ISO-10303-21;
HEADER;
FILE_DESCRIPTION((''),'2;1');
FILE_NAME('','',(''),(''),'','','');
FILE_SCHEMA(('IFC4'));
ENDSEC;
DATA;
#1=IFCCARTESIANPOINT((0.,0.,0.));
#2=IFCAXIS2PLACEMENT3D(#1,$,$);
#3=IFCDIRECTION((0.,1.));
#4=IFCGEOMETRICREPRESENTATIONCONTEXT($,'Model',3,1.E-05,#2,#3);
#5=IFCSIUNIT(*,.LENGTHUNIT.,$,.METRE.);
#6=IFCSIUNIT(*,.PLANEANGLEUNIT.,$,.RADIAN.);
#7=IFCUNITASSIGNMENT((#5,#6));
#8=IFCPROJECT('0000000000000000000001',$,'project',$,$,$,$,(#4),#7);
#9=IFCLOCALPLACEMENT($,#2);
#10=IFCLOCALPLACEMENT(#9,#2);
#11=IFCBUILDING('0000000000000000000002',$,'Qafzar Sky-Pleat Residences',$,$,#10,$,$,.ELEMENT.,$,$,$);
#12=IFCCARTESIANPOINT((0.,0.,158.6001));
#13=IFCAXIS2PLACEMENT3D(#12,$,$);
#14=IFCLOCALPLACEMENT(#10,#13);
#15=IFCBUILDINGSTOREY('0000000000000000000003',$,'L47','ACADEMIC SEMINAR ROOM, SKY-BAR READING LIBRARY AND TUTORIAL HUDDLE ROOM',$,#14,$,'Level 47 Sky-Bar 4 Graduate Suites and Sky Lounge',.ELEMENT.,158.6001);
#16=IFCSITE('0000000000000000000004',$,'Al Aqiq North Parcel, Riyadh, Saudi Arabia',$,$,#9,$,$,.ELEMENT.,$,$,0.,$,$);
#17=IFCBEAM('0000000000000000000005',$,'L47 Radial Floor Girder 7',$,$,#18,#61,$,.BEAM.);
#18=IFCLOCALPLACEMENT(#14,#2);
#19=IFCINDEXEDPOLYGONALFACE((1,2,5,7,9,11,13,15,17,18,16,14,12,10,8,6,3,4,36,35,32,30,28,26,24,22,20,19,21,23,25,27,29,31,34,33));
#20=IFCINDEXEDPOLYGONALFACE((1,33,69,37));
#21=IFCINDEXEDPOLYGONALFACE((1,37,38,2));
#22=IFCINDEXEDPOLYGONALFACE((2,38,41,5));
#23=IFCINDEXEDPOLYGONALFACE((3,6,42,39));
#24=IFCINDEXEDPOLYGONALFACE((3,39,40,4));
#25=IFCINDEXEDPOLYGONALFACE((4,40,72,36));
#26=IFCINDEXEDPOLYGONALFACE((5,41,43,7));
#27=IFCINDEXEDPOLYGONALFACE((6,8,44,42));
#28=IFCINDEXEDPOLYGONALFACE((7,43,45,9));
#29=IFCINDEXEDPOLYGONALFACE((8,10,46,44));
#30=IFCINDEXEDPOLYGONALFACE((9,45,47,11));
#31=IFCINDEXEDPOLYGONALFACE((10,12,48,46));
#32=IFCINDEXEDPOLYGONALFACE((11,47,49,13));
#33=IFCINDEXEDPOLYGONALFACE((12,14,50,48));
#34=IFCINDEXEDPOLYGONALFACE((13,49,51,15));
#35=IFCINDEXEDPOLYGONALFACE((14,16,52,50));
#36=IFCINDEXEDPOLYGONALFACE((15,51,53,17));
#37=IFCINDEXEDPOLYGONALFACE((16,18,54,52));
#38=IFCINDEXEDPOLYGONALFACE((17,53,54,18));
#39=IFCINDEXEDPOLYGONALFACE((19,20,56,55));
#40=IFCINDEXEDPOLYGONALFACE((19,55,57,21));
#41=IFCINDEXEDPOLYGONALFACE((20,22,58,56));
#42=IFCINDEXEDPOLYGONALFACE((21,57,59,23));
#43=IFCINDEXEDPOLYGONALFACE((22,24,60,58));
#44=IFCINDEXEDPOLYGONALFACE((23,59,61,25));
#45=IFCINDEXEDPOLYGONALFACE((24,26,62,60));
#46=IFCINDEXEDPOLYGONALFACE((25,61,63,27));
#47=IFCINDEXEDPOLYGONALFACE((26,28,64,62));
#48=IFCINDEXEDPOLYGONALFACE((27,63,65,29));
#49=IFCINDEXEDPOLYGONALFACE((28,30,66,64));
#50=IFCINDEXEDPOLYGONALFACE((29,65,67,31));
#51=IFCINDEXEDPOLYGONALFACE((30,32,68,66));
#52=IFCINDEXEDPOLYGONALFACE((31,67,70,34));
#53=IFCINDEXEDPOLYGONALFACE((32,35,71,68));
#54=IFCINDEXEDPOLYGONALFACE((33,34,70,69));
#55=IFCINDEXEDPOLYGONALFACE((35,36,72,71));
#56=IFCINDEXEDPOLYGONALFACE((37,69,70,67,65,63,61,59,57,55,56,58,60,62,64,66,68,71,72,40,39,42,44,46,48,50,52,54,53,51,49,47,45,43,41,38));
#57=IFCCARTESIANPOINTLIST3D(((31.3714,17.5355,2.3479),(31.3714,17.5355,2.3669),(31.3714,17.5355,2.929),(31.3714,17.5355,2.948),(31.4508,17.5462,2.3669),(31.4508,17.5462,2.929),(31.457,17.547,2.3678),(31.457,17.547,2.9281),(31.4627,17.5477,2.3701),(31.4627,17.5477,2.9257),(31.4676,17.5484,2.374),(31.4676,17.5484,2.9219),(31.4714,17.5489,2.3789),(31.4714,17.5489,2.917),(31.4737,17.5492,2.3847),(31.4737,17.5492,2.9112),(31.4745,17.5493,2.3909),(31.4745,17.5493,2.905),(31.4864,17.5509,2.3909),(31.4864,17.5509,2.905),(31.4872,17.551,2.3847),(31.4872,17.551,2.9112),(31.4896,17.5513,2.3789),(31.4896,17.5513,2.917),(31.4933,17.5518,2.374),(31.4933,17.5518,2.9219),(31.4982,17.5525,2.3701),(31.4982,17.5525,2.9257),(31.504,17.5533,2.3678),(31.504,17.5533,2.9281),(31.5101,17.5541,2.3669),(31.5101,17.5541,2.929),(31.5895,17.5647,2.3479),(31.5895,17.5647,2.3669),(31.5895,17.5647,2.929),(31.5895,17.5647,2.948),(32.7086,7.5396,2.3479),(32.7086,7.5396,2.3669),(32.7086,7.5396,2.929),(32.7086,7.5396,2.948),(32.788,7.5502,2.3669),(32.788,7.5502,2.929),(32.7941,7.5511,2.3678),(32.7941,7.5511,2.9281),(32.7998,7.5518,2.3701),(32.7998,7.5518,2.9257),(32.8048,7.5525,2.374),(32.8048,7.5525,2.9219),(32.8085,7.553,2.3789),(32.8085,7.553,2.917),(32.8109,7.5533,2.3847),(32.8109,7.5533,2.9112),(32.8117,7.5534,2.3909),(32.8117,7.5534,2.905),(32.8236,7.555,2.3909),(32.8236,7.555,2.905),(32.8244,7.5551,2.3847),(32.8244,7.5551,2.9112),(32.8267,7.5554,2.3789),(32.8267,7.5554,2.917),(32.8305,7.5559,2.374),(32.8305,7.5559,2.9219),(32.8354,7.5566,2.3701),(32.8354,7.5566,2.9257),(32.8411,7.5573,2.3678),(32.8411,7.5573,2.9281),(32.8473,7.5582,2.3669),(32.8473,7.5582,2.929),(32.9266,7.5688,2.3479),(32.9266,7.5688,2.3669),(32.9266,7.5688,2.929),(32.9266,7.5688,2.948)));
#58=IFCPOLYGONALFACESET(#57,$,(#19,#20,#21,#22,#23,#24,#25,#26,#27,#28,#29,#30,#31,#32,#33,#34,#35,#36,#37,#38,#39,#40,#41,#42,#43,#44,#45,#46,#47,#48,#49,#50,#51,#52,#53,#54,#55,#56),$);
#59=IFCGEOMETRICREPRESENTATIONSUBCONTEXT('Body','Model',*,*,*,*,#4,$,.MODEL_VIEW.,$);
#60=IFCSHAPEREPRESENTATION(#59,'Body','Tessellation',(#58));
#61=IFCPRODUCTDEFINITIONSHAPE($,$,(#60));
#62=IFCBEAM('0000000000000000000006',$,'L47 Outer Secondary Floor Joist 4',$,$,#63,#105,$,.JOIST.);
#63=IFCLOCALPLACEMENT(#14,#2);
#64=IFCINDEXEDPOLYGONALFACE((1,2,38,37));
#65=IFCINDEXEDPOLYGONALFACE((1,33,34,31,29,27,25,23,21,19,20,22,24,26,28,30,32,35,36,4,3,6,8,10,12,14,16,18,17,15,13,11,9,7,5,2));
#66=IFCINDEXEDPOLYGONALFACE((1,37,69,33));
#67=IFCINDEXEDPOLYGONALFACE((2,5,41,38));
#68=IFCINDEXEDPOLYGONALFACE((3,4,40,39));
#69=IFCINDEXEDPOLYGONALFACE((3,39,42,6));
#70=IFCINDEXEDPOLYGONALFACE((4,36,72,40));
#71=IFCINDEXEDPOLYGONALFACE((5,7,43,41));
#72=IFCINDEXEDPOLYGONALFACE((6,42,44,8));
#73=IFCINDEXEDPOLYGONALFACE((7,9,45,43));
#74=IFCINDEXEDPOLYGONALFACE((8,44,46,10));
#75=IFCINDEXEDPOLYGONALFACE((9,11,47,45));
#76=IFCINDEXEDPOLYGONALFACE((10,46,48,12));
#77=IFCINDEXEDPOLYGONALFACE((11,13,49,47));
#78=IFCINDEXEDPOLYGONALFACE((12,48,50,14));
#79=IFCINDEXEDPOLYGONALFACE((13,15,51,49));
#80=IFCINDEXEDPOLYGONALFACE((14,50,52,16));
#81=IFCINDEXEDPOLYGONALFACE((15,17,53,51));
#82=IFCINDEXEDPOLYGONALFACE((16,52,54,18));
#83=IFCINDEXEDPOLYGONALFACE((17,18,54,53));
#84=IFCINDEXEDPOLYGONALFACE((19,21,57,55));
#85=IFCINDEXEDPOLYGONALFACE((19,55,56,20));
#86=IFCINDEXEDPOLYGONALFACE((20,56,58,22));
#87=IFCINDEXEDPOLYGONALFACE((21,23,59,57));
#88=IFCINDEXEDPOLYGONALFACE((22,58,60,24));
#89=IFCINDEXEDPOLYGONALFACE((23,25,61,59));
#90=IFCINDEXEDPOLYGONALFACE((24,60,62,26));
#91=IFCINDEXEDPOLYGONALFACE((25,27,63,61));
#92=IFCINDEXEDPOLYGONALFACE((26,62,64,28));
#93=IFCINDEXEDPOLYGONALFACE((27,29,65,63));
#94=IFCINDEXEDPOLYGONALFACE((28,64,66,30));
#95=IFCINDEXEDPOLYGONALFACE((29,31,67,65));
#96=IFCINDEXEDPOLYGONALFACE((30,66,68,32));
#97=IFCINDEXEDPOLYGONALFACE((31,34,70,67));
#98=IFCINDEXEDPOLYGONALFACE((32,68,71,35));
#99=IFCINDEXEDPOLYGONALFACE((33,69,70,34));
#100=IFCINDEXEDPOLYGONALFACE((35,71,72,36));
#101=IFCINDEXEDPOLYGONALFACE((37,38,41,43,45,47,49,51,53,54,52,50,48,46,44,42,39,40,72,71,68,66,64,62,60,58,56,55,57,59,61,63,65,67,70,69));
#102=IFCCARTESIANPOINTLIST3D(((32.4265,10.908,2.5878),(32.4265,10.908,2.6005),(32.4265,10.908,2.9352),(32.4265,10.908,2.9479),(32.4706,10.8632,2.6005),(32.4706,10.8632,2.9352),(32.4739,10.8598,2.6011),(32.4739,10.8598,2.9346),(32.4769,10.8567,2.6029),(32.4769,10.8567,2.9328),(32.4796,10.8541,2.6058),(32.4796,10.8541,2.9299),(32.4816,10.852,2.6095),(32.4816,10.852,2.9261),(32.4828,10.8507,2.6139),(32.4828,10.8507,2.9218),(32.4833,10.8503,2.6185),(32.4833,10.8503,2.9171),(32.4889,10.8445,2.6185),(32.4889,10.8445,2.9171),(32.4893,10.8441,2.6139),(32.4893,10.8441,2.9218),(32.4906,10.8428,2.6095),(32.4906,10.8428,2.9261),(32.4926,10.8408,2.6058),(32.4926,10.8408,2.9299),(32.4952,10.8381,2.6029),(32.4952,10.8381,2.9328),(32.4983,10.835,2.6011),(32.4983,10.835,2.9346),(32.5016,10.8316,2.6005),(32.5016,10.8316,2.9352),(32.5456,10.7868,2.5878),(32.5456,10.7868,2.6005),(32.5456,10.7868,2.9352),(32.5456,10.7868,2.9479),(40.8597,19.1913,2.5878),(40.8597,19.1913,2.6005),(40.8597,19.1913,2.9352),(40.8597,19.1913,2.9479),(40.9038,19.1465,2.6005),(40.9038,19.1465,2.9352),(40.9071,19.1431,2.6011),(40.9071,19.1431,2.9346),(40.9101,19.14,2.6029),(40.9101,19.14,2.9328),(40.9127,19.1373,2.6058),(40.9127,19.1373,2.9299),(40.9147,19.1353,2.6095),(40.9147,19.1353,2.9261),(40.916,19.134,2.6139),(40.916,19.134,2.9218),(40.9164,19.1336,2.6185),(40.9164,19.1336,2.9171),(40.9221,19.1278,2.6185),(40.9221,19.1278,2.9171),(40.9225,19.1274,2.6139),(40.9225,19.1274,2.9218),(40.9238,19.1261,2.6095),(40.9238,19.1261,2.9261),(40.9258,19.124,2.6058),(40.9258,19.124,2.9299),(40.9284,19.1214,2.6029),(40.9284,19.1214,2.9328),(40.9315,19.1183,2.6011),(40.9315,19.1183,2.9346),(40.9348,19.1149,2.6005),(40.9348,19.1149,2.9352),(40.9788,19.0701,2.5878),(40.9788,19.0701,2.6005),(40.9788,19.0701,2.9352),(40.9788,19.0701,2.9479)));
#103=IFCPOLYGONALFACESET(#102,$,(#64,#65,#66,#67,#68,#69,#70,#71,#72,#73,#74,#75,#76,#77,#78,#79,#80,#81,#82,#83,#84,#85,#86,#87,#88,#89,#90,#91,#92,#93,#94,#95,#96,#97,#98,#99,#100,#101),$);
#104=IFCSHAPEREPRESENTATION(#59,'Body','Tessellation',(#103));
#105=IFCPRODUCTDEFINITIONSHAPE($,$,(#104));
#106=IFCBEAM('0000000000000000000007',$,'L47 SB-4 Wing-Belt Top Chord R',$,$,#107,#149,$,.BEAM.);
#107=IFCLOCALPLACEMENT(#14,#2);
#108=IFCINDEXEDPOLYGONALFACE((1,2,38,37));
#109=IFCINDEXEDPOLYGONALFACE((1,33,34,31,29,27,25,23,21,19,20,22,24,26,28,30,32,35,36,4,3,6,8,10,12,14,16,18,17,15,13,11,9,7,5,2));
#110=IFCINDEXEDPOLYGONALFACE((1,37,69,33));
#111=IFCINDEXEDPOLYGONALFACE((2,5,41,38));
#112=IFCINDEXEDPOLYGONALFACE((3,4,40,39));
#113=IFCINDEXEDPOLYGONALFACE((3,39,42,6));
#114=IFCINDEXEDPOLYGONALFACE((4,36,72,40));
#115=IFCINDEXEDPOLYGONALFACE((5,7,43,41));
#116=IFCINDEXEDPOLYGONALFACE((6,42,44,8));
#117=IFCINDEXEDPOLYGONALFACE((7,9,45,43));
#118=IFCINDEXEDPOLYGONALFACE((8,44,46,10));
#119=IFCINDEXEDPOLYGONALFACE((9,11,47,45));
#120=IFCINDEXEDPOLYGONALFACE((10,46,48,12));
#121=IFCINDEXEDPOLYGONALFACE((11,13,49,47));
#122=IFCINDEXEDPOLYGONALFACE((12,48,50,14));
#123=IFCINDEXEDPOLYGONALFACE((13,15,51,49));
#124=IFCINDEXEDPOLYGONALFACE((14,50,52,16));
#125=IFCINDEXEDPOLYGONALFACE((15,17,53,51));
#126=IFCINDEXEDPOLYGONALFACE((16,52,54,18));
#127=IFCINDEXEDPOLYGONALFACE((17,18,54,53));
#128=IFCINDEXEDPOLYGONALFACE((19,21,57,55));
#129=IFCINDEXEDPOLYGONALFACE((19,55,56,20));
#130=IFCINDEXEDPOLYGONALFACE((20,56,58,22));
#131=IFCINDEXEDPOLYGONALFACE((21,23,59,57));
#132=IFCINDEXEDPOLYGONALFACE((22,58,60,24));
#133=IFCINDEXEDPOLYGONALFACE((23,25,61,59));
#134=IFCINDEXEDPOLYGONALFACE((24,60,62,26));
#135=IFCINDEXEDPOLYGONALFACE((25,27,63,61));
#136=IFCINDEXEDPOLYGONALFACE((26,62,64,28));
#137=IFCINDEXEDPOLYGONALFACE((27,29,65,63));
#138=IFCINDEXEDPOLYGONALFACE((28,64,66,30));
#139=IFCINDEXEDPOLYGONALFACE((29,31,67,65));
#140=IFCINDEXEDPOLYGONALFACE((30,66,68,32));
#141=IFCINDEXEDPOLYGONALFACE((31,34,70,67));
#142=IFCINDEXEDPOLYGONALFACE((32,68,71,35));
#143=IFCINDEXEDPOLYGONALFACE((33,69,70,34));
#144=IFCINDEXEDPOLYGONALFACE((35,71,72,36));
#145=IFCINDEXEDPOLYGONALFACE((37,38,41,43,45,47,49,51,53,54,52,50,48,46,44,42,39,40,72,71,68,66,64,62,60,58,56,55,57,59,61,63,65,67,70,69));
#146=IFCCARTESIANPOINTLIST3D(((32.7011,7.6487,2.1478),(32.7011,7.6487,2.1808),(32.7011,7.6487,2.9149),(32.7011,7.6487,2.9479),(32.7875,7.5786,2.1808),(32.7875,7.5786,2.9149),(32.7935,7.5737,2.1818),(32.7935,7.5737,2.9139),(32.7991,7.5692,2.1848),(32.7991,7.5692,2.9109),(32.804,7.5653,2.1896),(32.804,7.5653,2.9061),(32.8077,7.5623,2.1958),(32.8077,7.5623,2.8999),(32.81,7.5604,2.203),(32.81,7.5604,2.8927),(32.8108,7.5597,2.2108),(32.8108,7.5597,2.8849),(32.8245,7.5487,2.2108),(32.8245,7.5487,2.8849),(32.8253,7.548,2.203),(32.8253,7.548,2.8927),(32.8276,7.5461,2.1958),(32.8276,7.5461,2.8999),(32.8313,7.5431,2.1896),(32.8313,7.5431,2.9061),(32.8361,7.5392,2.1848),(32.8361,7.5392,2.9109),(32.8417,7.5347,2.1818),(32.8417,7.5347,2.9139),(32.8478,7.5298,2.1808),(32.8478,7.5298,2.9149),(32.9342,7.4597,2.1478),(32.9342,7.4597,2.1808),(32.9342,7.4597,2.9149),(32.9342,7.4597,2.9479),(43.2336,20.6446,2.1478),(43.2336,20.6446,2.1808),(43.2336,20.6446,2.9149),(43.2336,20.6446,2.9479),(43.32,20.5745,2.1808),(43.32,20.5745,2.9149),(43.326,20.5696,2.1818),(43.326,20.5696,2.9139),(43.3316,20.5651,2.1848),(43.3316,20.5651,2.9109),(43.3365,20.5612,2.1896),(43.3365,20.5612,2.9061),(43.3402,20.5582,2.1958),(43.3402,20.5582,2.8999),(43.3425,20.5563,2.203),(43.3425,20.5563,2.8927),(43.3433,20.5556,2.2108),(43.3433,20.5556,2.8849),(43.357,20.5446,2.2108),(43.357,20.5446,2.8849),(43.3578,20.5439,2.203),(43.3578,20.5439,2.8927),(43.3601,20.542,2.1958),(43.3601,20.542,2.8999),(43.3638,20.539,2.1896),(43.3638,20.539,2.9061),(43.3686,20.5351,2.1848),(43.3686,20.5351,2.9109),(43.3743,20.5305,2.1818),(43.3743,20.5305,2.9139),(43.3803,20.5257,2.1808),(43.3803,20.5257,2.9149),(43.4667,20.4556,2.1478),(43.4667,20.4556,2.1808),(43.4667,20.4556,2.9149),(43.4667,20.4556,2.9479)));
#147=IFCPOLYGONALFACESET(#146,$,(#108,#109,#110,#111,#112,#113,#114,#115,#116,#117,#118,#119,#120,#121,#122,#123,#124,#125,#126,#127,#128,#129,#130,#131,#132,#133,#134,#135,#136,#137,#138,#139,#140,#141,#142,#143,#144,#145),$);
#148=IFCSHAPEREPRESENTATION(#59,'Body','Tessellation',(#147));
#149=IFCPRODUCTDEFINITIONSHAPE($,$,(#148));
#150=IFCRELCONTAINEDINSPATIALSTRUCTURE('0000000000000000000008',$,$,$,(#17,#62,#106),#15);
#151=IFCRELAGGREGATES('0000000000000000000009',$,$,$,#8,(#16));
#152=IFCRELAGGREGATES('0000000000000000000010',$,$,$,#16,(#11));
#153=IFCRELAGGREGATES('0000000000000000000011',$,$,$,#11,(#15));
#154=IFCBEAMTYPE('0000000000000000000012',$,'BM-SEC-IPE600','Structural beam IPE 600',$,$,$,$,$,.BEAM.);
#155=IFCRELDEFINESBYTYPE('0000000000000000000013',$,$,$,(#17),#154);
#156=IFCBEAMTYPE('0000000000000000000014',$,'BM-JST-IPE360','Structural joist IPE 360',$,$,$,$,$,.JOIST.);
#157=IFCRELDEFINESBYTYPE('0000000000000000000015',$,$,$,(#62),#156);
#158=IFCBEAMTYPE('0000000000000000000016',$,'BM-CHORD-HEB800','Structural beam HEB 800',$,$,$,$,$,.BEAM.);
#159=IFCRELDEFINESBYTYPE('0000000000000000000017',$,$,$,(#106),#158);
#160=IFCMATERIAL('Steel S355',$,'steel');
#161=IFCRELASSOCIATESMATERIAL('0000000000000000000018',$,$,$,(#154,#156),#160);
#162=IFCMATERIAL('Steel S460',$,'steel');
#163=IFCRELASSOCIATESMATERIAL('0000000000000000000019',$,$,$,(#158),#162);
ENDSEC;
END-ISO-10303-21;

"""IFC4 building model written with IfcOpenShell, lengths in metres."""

from ifc_helpers import new_model, si_unit, direction, frame, origin, origin_2d, place, context, subcontext, project, spatial, i_section, extrude, source, transform, mapped, material, material_profile, profile_set, type_object, element, save


model = new_model("IFC4")

# Units and contexts
model_context = context("Model", 3, precision=1e-05, world=origin(), true_north=direction((0.0, 1.0)))
body_context = subcontext(model_context, "Body", "Model", "MODEL_VIEW")
ifc_project = project(units=[si_unit("LENGTHUNIT", "METRE"), si_unit("PLANEANGLEUNIT", "RADIAN")], contexts=[model_context])

# Site, building, storey
site_placement = place(None, origin())
site = spatial("IfcSite", under=ifc_project, at=site_placement, Name="Al Aqiq North Parcel, Riyadh, Saudi Arabia", CompositionType="ELEMENT", RefElevation=0.0)
building_placement = place(site_placement, origin())
building = spatial("IfcBuilding", under=site, at=building_placement, Name="Qafzar Sky-Pleat Residences", CompositionType="ELEMENT")
storey_placement = place(building_placement, frame((0.0, 0.0, 158.6001)))
storey = spatial("IfcBuildingStorey", under=building, at=storey_placement, Name="L47", Description="ACADEMIC SEMINAR ROOM, SKY-BAR READING LIBRARY AND TUTORIAL HUDDLE ROOM", LongName="Level 47 Sky-Bar 4 Graduate Suites and Sky Lounge", CompositionType="ELEMENT", Elevation=158.6001)

# Shared definitions
ifc_material_1 = material(Name="Steel S355", Category="steel")

# Beams
ifc_material_profile_1 = material_profile(ifc_material_1, i_section(OverallWidth=0.22, OverallDepth=0.6001, WebThickness=0.012, FlangeThickness=0.019, FilletRadius=0.0239, at=origin_2d()), Name="IPE 600")
ifc_profile_set_1 = profile_set([ifc_material_profile_1], Name="Steel S355")
beam_type_1 = type_object("IfcBeamType", Name="BM-SEC-IPE600", Description="Structural beam IPE 600", PredefinedType="BEAM", material=ifc_profile_set_1)
shared_shape_1 = source(origin(), body_context, "Body", "SweptSolid", [
    extrude(i_section(OverallWidth=0.22, OverallDepth=0.6001, WebThickness=0.012, FlangeThickness=0.019, FilletRadius=0.0239, at=origin_2d()), origin(), (0.0, 0.0, 1.0), 10.085),
])
beam_1_placement = place(storey_placement, frame((32.8176, 7.5542, 2.6479), z_axis=(-0.13259, 0.991171, 0.0), x_axis=(-0.991171, -0.13259, 0.0)))
element("IfcBeam", 1, at=beam_1_placement, inside=storey, type_object=beam_type_1, Name="L47 Radial Floor Girder 7", PredefinedType="BEAM", context=body_context, shape_type="MappedRepresentation", body=[
    mapped(shared_shape_1, transform((0.0, 0.0, 0.0), x_axis=(1.0, 0.0, 0.0), y_axis=(0.0, 1.0, 0.0), z_axis=(0.0, 0.0, 1.0), scale=1.0)),
])
ifc_material_profile_2 = material_profile(ifc_material_1, i_section(OverallWidth=0.1699, OverallDepth=0.3601, WebThickness=0.0081, FlangeThickness=0.0127, FilletRadius=0.0181, at=origin_2d()), Name="IPE 360")
ifc_profile_set_2 = profile_set([ifc_material_profile_2], Name="Steel S355")
beam_type_2 = type_object("IfcBeamType", Name="BM-JST-IPE360", Description="Structural joist IPE 360", PredefinedType="JOIST", material=ifc_profile_set_2)
shared_shape_2 = source(origin(), body_context, "Body", "SweptSolid", [
    extrude(i_section(OverallWidth=0.1699, OverallDepth=0.3601, WebThickness=0.0081, FlangeThickness=0.0127, FilletRadius=0.0181, at=origin_2d()), origin(), (0.0, 0.0, 1.0), 11.8208),
])
beam_2_placement = place(storey_placement, frame((32.4861, 10.8474, 2.7678), z_axis=(0.713419, 0.700738, 0.0), x_axis=(-0.700738, 0.713419, 0.0)))
element("IfcBeam", 2, at=beam_2_placement, inside=storey, type_object=beam_type_2, Name="L47 Outer Secondary Floor Joist 4", PredefinedType="JOIST", context=body_context, shape_type="MappedRepresentation", body=[
    mapped(shared_shape_2, transform((0.0, 0.0, 0.0), x_axis=(1.0, 0.0, 0.0), y_axis=(0.0, 1.0, 0.0), z_axis=(0.0, 0.0, 1.0), scale=1.0)),
])
ifc_material_2 = material(Name="Steel S460", Category="steel")
ifc_material_profile_3 = material_profile(ifc_material_2, i_section(OverallWidth=0.3, OverallDepth=0.8, WebThickness=0.0176, FlangeThickness=0.033, FilletRadius=0.03, at=origin_2d()), Name="HEB 800")
ifc_profile_set_3 = profile_set([ifc_material_profile_3], Name="Steel S460")
beam_type_3 = type_object("IfcBeamType", Name="BM-CHORD-HEB800", Description="Structural beam HEB 800", PredefinedType="BEAM", material=ifc_profile_set_3)
shared_shape_3 = source(origin(), body_context, "Body", "SweptSolid", [
    extrude(i_section(OverallWidth=0.3, OverallDepth=0.8, WebThickness=0.0176, FlangeThickness=0.033, FilletRadius=0.03, at=origin_2d()), origin(), (0.0, 0.0, 1.0), 16.728),
])
beam_3_placement = place(storey_placement, frame((32.8176, 7.5542, 2.5479), z_axis=(0.629632, 0.776893, 0.0), x_axis=(-0.776893, 0.629632, 0.0)))
element("IfcBeam", 3, at=beam_3_placement, inside=storey, type_object=beam_type_3, Name="L47 SB-4 Wing-Belt Top Chord R", PredefinedType="BEAM", context=body_context, shape_type="MappedRepresentation", body=[
    mapped(shared_shape_3, transform((0.0, 0.0, 0.0), x_axis=(1.0, 0.0, 0.0), y_axis=(0.0, 1.0, 0.0), z_axis=(0.0, 0.0, 1.0), scale=1.0)),
])

save(model, "model.ifc")
